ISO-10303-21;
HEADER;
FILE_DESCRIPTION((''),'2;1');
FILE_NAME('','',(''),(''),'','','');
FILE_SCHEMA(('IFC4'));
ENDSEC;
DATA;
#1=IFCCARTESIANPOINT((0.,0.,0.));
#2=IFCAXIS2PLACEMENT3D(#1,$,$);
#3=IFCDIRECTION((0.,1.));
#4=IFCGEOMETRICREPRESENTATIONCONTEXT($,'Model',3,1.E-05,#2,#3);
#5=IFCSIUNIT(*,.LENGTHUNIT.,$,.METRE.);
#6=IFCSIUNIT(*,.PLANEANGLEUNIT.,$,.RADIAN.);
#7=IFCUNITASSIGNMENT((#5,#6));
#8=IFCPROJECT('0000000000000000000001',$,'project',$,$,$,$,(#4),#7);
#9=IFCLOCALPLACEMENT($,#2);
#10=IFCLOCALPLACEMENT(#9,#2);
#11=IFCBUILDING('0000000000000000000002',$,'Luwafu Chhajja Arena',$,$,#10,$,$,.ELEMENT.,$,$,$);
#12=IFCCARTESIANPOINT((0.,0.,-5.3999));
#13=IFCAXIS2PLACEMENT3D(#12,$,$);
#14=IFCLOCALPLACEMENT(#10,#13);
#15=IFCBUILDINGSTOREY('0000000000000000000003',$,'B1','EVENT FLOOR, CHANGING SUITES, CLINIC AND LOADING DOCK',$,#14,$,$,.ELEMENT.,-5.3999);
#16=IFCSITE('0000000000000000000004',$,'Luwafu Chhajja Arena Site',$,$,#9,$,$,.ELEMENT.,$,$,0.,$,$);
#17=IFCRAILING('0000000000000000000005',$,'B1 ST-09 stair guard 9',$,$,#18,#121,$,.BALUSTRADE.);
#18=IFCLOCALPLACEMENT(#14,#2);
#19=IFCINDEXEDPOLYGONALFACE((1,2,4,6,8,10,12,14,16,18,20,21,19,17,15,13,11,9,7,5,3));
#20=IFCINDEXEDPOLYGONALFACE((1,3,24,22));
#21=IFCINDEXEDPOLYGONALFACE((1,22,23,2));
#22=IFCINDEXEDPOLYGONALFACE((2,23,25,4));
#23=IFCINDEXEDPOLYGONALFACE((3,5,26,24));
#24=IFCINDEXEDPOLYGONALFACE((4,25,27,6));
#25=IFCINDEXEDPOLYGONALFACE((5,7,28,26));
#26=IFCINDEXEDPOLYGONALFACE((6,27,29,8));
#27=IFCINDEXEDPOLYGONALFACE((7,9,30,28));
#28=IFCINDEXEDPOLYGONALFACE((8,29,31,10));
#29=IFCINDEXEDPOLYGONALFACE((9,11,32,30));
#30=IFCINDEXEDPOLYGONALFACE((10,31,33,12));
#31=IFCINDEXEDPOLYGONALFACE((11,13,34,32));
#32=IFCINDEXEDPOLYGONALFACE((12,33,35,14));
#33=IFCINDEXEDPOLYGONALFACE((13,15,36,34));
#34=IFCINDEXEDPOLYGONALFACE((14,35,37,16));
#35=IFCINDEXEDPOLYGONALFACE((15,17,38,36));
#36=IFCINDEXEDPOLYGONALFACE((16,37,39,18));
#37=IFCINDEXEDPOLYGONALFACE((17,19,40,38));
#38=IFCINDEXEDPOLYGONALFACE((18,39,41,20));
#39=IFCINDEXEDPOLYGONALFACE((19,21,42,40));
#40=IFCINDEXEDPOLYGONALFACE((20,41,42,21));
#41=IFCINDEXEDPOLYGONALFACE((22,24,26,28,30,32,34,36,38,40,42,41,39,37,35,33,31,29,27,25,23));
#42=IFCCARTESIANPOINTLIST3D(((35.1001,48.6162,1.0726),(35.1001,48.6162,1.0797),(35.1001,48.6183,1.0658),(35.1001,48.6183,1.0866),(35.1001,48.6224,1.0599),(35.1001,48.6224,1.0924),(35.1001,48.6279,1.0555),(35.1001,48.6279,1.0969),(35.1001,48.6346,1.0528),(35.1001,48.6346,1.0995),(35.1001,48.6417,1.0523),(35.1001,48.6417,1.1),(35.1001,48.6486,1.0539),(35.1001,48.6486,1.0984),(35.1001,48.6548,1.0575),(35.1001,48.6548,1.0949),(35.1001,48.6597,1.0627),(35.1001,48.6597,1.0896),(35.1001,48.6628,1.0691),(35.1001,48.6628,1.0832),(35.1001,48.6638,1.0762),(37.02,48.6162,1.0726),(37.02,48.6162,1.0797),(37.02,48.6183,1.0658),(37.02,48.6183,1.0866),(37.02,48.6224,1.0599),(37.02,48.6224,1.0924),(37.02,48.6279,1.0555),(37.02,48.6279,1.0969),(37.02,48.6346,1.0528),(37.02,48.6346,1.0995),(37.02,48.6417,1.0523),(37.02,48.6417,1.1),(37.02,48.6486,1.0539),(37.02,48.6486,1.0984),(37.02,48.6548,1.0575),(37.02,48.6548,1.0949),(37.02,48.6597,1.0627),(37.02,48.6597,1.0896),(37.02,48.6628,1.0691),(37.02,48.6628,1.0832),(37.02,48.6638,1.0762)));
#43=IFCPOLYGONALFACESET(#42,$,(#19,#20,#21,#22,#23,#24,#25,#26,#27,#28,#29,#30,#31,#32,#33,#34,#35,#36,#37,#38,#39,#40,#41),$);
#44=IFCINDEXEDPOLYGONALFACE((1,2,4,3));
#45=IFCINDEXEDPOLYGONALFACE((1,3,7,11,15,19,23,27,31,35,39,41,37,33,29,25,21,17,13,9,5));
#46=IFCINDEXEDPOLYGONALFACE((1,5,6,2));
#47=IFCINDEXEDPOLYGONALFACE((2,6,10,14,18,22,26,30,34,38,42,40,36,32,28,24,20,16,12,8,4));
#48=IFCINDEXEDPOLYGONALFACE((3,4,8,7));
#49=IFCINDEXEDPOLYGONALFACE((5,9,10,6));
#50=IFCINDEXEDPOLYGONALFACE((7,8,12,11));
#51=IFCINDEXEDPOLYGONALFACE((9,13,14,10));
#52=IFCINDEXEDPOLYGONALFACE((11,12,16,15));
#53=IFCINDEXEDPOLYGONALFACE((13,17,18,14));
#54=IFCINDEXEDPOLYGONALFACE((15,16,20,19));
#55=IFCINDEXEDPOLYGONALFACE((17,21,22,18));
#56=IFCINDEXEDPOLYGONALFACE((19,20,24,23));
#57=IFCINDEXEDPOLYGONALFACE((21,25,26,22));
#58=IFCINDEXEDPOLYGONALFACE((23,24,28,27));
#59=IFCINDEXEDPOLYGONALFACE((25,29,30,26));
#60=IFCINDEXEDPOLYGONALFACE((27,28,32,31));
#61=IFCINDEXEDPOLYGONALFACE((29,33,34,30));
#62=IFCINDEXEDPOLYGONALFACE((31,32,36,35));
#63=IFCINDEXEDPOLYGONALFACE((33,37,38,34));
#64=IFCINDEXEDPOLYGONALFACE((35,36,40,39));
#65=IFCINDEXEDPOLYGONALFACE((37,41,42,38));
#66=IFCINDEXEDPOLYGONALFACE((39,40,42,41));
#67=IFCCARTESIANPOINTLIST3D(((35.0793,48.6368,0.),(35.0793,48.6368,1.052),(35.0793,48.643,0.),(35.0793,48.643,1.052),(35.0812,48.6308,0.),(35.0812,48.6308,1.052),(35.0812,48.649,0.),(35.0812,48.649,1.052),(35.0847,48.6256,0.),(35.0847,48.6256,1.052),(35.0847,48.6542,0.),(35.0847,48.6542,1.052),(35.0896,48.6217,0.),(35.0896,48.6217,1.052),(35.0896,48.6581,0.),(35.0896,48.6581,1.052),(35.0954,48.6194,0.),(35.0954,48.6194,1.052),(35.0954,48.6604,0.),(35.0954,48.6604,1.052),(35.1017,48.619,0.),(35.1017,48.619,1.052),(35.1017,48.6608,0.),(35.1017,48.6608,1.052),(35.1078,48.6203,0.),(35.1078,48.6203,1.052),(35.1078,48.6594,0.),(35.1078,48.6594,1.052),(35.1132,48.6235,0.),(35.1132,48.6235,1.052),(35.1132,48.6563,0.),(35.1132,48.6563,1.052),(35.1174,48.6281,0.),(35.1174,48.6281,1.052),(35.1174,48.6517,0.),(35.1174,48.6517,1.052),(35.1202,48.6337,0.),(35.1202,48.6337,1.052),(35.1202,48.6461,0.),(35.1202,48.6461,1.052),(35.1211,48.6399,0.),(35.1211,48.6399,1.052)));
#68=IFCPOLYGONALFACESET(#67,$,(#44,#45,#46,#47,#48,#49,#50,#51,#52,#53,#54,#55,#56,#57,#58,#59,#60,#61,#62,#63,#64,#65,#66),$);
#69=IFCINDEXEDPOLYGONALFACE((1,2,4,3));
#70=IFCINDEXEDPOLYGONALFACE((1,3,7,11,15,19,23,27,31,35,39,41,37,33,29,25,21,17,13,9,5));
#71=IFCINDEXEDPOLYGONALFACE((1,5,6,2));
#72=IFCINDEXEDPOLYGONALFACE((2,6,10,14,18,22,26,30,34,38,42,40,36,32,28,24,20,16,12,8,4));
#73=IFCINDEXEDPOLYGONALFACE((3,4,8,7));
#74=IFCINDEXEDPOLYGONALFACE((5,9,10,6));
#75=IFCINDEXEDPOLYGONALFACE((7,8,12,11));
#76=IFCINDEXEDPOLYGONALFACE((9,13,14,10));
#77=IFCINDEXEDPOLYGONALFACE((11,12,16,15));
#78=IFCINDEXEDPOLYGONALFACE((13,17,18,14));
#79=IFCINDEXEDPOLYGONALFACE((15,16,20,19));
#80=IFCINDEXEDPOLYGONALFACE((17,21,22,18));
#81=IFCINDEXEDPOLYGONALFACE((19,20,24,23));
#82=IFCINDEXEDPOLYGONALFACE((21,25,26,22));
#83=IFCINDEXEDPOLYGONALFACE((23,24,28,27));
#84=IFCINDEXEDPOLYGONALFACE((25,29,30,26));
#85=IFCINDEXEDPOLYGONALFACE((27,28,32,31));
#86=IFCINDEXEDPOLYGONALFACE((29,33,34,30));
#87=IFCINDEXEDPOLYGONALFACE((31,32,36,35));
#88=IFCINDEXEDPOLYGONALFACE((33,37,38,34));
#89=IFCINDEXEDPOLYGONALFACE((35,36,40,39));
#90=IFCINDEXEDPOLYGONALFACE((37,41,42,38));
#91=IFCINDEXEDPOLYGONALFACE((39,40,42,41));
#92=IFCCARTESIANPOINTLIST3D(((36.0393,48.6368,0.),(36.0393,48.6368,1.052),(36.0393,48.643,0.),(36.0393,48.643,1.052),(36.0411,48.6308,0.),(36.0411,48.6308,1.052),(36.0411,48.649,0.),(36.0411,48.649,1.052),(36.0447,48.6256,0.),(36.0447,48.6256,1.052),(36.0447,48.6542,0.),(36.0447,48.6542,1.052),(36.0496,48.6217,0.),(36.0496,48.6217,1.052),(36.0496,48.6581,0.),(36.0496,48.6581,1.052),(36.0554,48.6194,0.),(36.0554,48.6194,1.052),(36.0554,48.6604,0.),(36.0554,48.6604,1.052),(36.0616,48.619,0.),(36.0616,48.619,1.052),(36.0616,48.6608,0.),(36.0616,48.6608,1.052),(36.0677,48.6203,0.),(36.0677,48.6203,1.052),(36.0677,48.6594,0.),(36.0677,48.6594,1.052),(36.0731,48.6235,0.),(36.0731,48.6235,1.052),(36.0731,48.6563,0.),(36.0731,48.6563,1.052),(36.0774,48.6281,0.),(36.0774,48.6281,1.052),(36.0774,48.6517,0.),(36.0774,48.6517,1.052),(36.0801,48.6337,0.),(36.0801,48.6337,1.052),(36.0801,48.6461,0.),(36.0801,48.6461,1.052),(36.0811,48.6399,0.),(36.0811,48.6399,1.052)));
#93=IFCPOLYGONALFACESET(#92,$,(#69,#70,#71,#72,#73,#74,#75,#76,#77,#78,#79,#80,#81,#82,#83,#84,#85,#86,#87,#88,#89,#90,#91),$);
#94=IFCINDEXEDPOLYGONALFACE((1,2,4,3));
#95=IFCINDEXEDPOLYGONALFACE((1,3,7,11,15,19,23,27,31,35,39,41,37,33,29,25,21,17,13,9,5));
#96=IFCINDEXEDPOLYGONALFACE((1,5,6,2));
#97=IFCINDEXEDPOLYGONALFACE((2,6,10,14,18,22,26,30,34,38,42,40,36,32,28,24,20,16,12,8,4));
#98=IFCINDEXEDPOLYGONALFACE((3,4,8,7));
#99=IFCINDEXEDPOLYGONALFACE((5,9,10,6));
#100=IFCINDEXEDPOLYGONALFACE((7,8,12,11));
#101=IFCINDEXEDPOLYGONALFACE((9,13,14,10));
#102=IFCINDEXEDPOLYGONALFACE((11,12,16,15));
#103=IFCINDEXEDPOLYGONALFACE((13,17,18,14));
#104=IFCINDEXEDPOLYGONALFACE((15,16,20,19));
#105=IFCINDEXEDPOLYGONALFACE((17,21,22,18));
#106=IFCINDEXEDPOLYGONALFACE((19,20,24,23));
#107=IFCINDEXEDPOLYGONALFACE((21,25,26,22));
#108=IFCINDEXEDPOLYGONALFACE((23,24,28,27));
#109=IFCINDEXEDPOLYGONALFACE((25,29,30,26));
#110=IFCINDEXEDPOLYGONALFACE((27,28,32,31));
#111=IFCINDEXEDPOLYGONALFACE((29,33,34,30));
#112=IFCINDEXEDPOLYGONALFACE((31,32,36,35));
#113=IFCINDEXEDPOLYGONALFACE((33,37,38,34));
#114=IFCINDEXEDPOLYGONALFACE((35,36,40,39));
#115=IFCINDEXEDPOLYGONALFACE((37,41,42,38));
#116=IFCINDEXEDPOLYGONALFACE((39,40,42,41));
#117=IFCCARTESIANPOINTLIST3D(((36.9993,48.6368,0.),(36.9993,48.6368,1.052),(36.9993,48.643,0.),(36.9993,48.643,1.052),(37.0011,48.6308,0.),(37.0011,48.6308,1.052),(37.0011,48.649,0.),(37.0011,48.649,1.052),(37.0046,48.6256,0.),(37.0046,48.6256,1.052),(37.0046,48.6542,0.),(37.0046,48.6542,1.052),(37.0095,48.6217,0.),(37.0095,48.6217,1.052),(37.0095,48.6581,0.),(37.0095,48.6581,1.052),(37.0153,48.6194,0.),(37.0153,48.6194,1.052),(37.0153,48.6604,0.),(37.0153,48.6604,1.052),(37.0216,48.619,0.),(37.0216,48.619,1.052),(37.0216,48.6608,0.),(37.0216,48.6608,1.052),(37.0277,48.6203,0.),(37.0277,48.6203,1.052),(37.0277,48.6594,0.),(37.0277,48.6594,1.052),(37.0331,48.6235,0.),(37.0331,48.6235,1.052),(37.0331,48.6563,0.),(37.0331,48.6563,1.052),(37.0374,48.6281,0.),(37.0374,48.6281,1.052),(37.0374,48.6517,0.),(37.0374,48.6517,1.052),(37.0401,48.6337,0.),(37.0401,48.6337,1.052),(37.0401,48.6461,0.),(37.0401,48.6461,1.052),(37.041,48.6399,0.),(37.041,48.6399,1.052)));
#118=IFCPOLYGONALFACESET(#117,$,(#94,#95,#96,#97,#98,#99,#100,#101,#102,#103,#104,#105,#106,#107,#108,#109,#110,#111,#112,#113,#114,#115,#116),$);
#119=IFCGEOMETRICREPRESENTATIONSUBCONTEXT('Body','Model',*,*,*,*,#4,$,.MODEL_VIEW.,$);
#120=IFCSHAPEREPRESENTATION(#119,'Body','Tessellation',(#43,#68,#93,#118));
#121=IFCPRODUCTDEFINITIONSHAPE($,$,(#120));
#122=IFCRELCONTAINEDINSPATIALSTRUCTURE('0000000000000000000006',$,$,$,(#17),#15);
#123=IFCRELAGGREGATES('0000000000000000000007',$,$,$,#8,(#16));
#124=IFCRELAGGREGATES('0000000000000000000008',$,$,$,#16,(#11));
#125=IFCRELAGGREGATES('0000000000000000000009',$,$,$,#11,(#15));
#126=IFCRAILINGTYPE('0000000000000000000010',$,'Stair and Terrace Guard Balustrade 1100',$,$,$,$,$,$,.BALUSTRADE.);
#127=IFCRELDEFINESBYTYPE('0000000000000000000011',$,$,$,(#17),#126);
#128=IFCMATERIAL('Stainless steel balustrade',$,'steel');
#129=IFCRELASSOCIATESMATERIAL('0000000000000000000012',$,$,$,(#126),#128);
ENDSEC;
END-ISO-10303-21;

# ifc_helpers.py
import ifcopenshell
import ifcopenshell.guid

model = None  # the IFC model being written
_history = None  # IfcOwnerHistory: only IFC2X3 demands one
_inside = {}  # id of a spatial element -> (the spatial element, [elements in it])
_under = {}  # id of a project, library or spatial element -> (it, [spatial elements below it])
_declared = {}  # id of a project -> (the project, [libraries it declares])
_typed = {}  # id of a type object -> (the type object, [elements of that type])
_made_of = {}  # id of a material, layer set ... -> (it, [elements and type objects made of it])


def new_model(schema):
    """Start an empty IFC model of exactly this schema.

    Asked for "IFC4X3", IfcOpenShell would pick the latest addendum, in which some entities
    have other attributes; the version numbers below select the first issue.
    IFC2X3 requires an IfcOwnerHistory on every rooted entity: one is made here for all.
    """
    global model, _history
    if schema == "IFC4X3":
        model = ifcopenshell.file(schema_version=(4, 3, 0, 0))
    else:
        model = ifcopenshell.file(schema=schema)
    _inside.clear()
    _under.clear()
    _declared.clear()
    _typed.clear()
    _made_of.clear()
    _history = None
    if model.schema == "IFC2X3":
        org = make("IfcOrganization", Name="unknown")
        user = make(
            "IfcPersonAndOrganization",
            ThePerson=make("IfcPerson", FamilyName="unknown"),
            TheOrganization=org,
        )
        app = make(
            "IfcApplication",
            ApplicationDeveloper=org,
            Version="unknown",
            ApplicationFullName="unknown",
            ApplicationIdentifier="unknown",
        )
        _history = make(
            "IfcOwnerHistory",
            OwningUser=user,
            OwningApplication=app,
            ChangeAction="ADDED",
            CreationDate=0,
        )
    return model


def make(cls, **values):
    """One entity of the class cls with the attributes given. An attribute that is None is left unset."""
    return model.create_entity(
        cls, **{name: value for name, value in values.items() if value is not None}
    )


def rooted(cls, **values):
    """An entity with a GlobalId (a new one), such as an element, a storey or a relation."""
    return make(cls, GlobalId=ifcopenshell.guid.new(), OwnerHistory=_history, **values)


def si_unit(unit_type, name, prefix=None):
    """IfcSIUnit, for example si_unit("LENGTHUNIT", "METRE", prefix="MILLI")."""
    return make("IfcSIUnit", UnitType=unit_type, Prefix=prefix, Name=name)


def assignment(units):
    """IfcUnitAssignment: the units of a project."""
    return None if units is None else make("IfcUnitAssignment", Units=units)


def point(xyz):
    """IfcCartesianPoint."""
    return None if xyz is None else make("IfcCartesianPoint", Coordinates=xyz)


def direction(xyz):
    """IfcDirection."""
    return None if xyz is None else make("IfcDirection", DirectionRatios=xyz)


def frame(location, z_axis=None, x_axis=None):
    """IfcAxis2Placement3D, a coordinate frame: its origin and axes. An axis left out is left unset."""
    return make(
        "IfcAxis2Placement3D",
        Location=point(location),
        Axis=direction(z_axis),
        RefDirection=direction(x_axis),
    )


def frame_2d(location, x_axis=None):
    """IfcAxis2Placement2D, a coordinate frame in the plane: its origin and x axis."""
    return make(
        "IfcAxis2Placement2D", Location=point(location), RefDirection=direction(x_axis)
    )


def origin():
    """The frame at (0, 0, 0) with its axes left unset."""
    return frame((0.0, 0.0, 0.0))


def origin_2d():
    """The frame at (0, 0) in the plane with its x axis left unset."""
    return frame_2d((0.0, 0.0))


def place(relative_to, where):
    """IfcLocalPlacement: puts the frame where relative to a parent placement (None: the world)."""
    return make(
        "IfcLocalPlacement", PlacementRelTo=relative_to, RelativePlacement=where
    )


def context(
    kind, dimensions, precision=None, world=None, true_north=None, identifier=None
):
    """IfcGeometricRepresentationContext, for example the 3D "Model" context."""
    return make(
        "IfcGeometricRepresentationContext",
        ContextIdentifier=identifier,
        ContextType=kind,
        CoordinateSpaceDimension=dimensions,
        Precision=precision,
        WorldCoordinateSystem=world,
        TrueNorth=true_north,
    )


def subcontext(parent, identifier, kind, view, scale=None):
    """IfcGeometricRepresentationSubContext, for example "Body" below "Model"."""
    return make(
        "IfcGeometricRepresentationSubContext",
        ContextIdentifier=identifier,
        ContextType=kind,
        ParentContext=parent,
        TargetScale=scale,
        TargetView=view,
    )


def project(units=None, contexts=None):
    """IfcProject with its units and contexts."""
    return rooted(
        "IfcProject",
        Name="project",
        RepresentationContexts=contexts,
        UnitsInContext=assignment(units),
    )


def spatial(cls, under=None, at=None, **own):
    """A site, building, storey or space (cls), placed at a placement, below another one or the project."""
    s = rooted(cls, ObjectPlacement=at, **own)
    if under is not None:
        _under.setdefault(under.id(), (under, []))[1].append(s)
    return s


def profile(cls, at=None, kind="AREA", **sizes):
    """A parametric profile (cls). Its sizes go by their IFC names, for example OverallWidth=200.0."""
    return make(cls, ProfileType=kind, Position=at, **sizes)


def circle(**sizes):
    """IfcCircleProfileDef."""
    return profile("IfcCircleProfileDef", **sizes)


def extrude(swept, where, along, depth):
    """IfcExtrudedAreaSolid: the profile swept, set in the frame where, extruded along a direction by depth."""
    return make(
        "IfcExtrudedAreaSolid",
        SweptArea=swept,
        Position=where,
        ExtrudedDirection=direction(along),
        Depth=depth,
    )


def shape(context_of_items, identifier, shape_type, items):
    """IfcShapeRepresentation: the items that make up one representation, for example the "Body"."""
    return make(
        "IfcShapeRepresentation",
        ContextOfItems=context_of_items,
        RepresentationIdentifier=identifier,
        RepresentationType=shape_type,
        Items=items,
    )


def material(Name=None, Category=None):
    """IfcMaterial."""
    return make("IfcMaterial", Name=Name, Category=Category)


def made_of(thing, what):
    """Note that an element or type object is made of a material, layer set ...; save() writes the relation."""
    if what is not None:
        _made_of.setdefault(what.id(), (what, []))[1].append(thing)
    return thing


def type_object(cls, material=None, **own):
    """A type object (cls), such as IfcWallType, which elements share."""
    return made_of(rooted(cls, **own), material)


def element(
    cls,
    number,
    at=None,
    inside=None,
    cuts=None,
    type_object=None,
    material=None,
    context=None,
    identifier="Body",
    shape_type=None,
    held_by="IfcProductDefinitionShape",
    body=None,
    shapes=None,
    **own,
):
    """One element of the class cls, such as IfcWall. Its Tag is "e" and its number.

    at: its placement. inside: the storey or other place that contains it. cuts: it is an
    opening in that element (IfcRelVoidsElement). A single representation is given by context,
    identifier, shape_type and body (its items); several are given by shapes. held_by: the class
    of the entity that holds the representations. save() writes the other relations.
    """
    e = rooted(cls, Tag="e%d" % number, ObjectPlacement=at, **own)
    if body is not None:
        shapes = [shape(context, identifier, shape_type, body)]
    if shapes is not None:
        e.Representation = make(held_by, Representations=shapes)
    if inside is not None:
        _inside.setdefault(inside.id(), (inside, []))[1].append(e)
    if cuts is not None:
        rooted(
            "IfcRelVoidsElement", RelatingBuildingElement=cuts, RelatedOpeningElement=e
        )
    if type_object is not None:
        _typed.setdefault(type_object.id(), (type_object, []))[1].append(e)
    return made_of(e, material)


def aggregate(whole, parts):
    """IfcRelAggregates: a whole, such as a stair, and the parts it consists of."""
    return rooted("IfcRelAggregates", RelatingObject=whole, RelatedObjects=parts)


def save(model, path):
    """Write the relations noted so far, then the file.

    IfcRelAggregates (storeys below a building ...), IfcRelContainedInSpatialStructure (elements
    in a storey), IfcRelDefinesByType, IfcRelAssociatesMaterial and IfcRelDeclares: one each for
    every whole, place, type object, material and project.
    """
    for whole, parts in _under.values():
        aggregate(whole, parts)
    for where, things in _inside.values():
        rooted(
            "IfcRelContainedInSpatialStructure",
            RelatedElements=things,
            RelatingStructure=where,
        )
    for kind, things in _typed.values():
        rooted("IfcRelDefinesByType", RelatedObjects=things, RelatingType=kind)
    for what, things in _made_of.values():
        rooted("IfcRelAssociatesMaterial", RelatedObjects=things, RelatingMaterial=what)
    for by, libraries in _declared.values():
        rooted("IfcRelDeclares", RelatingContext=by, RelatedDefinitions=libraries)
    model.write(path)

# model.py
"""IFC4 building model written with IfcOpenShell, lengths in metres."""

from ifc_helpers import new_model, si_unit, direction, frame, origin, origin_2d, place, context, subcontext, project, spatial, circle, extrude, material, type_object, element, save


model = new_model("IFC4")

# Units and contexts
model_context = context("Model", 3, precision=1e-05, world=origin(), true_north=direction((0.0, 1.0)))
body_context = subcontext(model_context, "Body", "Model", "MODEL_VIEW")
ifc_project = project(units=[si_unit("LENGTHUNIT", "METRE"), si_unit("PLANEANGLEUNIT", "RADIAN")], contexts=[model_context])

# Site, building, storey
site_placement = place(None, origin())
site = spatial("IfcSite", under=ifc_project, at=site_placement, Name="Luwafu Chhajja Arena Site", CompositionType="ELEMENT", RefElevation=0.0)
building_placement = place(site_placement, origin())
building = spatial("IfcBuilding", under=site, at=building_placement, Name="Luwafu Chhajja Arena", CompositionType="ELEMENT")
storey_placement = place(building_placement, frame((0.0, 0.0, -5.3999)))
storey = spatial("IfcBuildingStorey", under=building, at=storey_placement, Name="B1", Description="EVENT FLOOR, CHANGING SUITES, CLINIC AND LOADING DOCK", CompositionType="ELEMENT", Elevation=-5.3999)

# Railing
ifc_material_1 = material(Name="Stainless steel balustrade", Category="steel")
railing_type_1 = type_object("IfcRailingType", Name="Stair and Terrace Guard Balustrade 1100", PredefinedType="BALUSTRADE", material=ifc_material_1)
for number, where, name in (
    (1, (35.1001, 48.6399, 0.0), "B1 ST-09 stair guard 9"),
):
    element("IfcRailing", number, at=place(storey_placement, frame(where)), inside=storey, type_object=railing_type_1, Name=name, PredefinedType="BALUSTRADE", context=body_context, shape_type="SweptSolid", body=[
        extrude(circle(Radius=0.0239, at=origin_2d()), frame((0.0, 0.0, 1.0762), z_axis=(1.0, 0.0, 0.0), x_axis=(0.0, 1.0, 0.0)), (0.0, 0.0, 1.0), 1.9199),
        extrude(circle(Radius=0.021, at=origin_2d()), origin(), (0.0, 0.0, 1.0), 1.052),
        extrude(circle(Radius=0.021, at=origin_2d()), frame((0.96, 0.0, 0.0)), (0.0, 0.0, 1.0), 1.052),
        extrude(circle(Radius=0.021, at=origin_2d()), frame((1.9199, 0.0, 0.0)), (0.0, 0.0, 1.0), 1.052),
    ])

save(model, "model.ifc")
